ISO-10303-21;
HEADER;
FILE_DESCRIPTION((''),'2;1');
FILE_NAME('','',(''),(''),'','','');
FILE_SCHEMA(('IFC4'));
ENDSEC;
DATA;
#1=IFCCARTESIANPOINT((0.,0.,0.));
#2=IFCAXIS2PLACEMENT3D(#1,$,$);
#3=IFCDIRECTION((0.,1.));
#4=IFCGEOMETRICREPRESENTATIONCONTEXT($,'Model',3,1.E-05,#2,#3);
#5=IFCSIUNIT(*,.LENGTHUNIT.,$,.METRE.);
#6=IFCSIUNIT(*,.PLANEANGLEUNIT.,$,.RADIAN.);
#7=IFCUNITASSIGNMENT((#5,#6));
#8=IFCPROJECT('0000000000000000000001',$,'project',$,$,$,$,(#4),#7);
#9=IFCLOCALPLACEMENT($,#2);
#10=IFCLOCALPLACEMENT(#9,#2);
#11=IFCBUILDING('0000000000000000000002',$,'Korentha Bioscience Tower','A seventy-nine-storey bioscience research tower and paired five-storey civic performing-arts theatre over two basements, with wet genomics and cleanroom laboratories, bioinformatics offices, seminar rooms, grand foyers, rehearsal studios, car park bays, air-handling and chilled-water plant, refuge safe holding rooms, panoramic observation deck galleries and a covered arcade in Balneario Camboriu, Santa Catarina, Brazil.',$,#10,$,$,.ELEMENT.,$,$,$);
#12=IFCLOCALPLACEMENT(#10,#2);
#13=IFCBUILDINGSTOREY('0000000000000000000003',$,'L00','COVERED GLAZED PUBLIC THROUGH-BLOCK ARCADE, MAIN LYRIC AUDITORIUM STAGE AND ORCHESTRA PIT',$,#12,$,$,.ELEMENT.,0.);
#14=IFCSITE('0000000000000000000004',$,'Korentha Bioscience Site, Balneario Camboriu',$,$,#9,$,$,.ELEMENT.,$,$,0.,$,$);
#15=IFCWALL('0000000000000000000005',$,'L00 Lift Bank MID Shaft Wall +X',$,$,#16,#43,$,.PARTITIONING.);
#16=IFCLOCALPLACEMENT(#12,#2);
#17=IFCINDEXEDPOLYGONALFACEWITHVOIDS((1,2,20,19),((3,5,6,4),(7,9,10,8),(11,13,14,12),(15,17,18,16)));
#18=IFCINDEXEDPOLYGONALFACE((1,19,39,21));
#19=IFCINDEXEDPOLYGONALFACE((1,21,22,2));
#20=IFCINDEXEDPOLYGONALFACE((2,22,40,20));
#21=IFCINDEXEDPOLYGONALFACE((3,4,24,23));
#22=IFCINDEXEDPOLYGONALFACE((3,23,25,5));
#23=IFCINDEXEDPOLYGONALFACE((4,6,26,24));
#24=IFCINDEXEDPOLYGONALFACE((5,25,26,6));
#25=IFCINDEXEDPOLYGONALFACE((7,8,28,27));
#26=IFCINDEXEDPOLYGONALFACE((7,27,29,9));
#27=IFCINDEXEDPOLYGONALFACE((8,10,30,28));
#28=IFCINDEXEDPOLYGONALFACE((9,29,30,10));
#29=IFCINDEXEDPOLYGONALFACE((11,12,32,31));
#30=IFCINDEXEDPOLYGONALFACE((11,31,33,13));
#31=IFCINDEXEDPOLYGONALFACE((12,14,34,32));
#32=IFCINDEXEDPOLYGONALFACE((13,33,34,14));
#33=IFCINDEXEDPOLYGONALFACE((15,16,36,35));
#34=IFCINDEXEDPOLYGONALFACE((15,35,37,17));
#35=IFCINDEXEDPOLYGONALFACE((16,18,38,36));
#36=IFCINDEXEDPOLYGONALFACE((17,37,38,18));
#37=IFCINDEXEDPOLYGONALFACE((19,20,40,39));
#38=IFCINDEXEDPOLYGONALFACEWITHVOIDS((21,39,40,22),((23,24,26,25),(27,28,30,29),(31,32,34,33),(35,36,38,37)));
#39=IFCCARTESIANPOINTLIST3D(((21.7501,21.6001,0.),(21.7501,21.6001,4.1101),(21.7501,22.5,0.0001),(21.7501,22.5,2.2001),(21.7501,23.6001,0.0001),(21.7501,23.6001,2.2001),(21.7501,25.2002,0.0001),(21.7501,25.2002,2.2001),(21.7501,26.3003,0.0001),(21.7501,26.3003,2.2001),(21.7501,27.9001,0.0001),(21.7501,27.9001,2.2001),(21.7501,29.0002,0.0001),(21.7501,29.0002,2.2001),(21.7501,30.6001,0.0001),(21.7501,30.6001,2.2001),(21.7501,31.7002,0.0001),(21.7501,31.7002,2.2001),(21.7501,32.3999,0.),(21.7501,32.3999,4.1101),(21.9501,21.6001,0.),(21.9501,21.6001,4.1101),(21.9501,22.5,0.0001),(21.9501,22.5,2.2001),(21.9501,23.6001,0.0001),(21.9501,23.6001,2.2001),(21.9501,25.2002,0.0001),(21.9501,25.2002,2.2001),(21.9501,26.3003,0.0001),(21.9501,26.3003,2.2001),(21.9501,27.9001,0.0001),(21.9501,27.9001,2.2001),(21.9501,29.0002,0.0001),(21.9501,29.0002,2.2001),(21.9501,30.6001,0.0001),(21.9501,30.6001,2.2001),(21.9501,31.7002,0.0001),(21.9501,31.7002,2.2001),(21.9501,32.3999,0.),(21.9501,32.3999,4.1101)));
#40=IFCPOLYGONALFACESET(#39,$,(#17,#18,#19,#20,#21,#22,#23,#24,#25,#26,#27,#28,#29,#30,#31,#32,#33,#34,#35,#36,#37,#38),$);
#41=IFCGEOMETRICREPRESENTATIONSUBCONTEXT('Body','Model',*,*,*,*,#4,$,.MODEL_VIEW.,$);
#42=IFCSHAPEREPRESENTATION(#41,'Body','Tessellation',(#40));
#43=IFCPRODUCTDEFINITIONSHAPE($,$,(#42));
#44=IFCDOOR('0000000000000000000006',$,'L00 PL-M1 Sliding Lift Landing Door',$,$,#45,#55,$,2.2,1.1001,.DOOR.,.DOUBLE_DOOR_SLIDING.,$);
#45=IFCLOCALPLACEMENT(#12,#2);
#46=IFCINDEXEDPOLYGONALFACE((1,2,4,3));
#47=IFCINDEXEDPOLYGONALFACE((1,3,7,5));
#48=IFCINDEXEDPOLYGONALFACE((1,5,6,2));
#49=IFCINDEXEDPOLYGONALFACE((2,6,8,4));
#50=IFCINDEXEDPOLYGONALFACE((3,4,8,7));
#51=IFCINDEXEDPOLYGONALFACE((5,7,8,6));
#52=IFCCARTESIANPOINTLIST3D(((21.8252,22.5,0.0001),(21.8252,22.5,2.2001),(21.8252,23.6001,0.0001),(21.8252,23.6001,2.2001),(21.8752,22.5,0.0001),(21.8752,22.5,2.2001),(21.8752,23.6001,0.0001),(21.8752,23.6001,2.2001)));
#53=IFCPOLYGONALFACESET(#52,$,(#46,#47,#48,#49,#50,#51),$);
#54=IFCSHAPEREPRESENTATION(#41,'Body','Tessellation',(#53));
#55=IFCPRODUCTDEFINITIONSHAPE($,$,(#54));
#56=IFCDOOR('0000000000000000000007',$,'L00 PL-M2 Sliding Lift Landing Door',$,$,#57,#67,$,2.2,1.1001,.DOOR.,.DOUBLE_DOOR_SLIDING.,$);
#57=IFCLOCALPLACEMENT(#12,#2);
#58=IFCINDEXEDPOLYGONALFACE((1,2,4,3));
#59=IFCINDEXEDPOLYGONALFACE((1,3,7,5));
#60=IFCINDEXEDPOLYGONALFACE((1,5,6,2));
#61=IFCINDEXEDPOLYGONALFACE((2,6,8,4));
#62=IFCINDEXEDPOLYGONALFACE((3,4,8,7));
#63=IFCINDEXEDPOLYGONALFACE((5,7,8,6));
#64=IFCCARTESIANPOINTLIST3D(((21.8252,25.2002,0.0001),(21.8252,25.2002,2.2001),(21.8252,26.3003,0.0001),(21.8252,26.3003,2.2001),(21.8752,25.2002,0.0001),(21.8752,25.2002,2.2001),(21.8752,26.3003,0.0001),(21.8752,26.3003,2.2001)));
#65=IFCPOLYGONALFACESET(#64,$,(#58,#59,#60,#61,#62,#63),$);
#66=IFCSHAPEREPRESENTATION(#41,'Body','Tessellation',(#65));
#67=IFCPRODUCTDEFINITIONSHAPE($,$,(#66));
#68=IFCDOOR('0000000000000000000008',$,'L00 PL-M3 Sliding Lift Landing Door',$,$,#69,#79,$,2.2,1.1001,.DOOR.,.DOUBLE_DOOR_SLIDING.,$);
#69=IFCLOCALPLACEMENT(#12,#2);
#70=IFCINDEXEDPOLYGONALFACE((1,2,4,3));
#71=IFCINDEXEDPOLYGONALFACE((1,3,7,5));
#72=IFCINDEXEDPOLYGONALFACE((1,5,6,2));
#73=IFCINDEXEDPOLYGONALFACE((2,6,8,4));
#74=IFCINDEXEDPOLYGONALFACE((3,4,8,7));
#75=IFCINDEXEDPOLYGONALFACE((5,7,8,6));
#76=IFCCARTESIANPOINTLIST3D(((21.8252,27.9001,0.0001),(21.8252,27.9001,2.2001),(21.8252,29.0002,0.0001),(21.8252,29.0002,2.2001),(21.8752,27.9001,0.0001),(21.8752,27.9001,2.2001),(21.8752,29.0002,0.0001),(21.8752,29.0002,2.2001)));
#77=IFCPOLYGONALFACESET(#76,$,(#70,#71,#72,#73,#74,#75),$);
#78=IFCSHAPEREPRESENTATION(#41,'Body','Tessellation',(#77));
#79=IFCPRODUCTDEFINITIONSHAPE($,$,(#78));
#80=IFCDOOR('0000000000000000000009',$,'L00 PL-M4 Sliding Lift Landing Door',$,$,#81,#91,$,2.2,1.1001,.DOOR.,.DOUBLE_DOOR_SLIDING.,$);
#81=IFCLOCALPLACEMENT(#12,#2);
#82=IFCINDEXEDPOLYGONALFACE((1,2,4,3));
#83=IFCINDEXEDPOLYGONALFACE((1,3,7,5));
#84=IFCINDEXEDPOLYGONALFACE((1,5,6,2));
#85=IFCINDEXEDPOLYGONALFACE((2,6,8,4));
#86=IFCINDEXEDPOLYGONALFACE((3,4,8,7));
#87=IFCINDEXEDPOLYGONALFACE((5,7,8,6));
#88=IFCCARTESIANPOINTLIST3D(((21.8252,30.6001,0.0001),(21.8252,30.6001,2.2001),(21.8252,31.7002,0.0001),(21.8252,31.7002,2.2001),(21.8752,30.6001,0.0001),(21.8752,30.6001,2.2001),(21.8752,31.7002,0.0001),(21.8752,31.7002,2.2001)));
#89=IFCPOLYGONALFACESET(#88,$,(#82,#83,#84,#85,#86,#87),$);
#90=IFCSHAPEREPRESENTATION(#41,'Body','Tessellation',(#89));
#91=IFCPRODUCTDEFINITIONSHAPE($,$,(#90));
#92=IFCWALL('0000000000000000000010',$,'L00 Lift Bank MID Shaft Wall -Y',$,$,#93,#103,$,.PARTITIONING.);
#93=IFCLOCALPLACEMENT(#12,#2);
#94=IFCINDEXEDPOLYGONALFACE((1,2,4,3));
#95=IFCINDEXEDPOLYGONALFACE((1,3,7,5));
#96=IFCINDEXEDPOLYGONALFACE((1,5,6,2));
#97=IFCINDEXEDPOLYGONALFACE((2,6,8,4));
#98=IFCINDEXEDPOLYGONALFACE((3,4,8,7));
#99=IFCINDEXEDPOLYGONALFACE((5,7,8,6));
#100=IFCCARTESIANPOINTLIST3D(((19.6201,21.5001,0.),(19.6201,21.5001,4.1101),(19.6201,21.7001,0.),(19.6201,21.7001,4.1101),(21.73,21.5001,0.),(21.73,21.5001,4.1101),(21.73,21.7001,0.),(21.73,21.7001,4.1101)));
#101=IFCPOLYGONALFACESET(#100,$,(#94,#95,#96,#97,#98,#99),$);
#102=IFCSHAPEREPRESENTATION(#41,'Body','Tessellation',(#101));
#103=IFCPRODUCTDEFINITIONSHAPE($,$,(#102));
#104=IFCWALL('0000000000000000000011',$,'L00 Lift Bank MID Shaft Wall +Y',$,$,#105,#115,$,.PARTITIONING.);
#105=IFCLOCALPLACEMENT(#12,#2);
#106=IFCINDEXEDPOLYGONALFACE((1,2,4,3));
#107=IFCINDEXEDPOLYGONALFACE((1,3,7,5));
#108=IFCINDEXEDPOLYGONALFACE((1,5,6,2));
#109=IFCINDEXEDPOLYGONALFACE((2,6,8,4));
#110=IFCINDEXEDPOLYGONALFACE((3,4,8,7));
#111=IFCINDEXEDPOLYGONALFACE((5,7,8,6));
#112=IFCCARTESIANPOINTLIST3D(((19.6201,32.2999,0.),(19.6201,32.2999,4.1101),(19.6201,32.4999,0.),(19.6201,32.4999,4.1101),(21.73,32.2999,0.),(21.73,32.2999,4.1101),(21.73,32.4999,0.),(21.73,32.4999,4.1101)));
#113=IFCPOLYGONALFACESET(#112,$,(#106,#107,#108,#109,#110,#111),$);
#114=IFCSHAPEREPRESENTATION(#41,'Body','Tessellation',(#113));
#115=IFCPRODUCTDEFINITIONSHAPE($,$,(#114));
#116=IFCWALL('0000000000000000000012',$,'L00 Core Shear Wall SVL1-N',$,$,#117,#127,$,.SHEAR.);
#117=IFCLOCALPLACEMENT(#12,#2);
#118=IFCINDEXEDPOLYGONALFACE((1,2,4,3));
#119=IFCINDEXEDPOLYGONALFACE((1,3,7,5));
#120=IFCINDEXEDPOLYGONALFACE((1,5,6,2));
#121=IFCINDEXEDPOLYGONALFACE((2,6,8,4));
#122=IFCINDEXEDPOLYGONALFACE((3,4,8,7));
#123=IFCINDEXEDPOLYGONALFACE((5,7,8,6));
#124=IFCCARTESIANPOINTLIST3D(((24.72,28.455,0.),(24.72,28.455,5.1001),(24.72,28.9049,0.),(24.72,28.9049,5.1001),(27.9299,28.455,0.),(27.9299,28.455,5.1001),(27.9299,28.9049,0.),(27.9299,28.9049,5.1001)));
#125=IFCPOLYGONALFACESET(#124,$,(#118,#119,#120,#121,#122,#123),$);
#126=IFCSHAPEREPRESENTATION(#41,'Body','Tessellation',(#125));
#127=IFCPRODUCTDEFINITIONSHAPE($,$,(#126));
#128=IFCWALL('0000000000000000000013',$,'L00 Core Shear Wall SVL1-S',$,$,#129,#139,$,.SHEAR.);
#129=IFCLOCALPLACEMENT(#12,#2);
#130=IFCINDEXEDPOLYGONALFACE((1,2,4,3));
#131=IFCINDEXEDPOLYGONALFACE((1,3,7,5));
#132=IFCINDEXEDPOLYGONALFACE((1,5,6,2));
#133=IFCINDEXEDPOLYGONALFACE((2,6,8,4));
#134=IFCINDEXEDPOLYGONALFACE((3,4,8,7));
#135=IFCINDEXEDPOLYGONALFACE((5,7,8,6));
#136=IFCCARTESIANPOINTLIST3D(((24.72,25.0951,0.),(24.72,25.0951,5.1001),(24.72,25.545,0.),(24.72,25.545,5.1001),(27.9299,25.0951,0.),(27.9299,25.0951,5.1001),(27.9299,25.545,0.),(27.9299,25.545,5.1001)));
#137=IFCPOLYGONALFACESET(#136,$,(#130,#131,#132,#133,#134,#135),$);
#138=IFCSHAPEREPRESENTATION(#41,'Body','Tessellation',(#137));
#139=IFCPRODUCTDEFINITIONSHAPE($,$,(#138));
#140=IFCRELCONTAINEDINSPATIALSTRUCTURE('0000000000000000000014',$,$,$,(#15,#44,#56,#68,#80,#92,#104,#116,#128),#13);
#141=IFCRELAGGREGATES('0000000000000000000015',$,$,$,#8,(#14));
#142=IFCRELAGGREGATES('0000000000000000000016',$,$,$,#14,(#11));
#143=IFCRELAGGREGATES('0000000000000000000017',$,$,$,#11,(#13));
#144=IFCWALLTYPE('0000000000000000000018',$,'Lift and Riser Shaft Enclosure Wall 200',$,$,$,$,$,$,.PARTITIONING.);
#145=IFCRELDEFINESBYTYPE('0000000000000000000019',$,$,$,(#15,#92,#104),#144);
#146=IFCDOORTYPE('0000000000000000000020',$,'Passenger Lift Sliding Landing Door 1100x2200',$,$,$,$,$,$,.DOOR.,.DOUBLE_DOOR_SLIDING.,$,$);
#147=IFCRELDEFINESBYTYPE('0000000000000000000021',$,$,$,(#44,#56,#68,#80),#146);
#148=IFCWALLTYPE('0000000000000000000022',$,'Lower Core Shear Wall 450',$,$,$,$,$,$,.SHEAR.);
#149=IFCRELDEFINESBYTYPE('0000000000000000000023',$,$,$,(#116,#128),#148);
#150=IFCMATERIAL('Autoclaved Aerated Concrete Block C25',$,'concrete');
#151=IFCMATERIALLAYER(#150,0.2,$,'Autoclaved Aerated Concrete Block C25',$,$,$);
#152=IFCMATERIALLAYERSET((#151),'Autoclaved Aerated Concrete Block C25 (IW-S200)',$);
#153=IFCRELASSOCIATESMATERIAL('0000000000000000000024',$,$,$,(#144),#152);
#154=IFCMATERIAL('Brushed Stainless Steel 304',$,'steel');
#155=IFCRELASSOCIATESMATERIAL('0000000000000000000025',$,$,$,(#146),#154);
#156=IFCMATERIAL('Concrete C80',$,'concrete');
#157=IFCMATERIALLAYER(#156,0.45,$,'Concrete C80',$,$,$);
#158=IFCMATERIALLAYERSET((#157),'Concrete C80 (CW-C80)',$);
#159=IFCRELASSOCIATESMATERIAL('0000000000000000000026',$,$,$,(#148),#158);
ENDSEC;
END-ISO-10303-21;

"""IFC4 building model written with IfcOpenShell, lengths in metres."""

from ifc_helpers import new_model, si_unit, direction, frame, frame_2d, origin, place, context, subcontext, project, spatial, rectangle, extrude, material, layer, layer_set, type_object, element, fill, save


model = new_model("IFC4")

# Units and contexts
model_context = context("Model", 3, precision=1e-05, world=origin(), true_north=direction((0.0, 1.0)))
body_context = subcontext(model_context, "Body", "Model", "MODEL_VIEW")
ifc_project = project(units=[si_unit("LENGTHUNIT", "METRE"), si_unit("PLANEANGLEUNIT", "RADIAN")], contexts=[model_context])

# Site, building, storey
site_placement = place(None, origin())
site = spatial("IfcSite", under=ifc_project, at=site_placement, Name="Korentha Bioscience Site, Balneario Camboriu", CompositionType="ELEMENT", RefElevation=0.0)
building_placement = place(site_placement, origin())
building = spatial("IfcBuilding", under=site, at=building_placement, Name="Korentha Bioscience Tower", Description="A seventy-nine-storey bioscience research tower and paired five-storey civic performing-arts theatre over two basements, with wet genomics and cleanroom laboratories, bioinformatics offices, seminar rooms, grand foyers, rehearsal studios, car park bays, air-handling and chilled-water plant, refuge safe holding rooms, panoramic observation deck galleries and a covered arcade in Balneario Camboriu, Santa Catarina, Brazil.", CompositionType="ELEMENT")
storey_placement = place(building_placement, origin())
storey = spatial("IfcBuildingStorey", under=building, at=storey_placement, Name="L00", Description="COVERED GLAZED PUBLIC THROUGH-BLOCK ARCADE, MAIN LYRIC AUDITORIUM STAGE AND ORCHESTRA PIT", CompositionType="ELEMENT", Elevation=0.0)

# Shared definitions
ifc_material_1 = material(Name="Concrete C80", Category="concrete")

# Shared definitions
ifc_material_2 = material(Name="Autoclaved Aerated Concrete Block C25", Category="concrete")
ifc_layer_1 = layer(ifc_material_2, 0.2, Name="Autoclaved Aerated Concrete Block C25")
ifc_layer_set_1 = layer_set([ifc_layer_1], Name="Autoclaved Aerated Concrete Block C25 (IW-S200)")
wall_type_1 = type_object("IfcWallType", Name="Lift and Riser Shaft Enclosure Wall 200", PredefinedType="PARTITIONING", material=ifc_layer_set_1)

# Wall, openings, doors
wall_1_placement = place(storey_placement, frame((21.8501, 21.6001, 0.0), z_axis=(0.0, 0.0, 1.0), x_axis=(0.0, 1.0, 0.0)))
wall_1 = element("IfcWall", 1, at=wall_1_placement, inside=storey, type_object=wall_type_1, Name="L00 Lift Bank MID Shaft Wall +X", PredefinedType="PARTITIONING", context=body_context, shape_type="SweptSolid", body=[
    extrude(rectangle(XDim=10.7998, YDim=0.2, at=frame_2d((5.3999, 0.0))), origin(), (0.0, 0.0, 1.0), 4.1101),
])
opening_1_placement = place(wall_1_placement, frame((0.8999, 0.0, 0.0)))
opening_1 = element("IfcOpeningElement", 2, at=opening_1_placement, cuts=wall_1, PredefinedType="OPENING", context=body_context, shape_type="SweptSolid", body=[
    extrude(rectangle(XDim=1.1001, YDim=2.2, at=frame_2d((0.55, 1.1001))), frame((0.0, 0.1147, 0.0), z_axis=(0.0, -1.0, 0.0), x_axis=(1.0, 0.0, 0.0)), (0.0, 0.0, 1.0), 0.2297),
])
opening_2_placement = place(wall_1_placement, frame((3.6001, 0.0, 0.0)))
opening_2 = element("IfcOpeningElement", 3, at=opening_2_placement, cuts=wall_1, PredefinedType="OPENING", context=body_context, shape_type="SweptSolid", body=[
    extrude(rectangle(XDim=1.1001, YDim=2.2, at=frame_2d((0.55, 1.1001))), frame((0.0, 0.1147, 0.0), z_axis=(0.0, -1.0, 0.0), x_axis=(1.0, 0.0, 0.0)), (0.0, 0.0, 1.0), 0.2297),
])
opening_3_placement = place(wall_1_placement, frame((6.3, 0.0, 0.0)))
opening_3 = element("IfcOpeningElement", 4, at=opening_3_placement, cuts=wall_1, PredefinedType="OPENING", context=body_context, shape_type="SweptSolid", body=[
    extrude(rectangle(XDim=1.1001, YDim=2.2, at=frame_2d((0.55, 1.1001))), frame((0.0, 0.1147, 0.0), z_axis=(0.0, -1.0, 0.0), x_axis=(1.0, 0.0, 0.0)), (0.0, 0.0, 1.0), 0.2297),
])
opening_4_placement = place(wall_1_placement, frame((9.0, 0.0, 0.0)))
opening_4 = element("IfcOpeningElement", 5, at=opening_4_placement, cuts=wall_1, PredefinedType="OPENING", context=body_context, shape_type="SweptSolid", body=[
    extrude(rectangle(XDim=1.1001, YDim=2.2, at=frame_2d((0.55, 1.1001))), frame((0.0, 0.1147, 0.0), z_axis=(0.0, -1.0, 0.0), x_axis=(1.0, 0.0, 0.0)), (0.0, 0.0, 1.0), 0.2297),
])
ifc_material_3 = material(Name="Brushed Stainless Steel 304", Category="steel")
door_type_1 = type_object("IfcDoorType", Name="Passenger Lift Sliding Landing Door 1100x2200", OperationType="DOUBLE_DOOR_SLIDING", PredefinedType="DOOR", material=ifc_material_3)
door_1_placement = place(opening_1_placement, origin())
door_1 = element("IfcDoor", 6, at=door_1_placement, inside=storey, type_object=door_type_1, Name="L00 PL-M1 Sliding Lift Landing Door", OperationType="DOUBLE_DOOR_SLIDING", OverallHeight=2.2, OverallWidth=1.1001, PredefinedType="DOOR", context=body_context, shape_type="SweptSolid", body=[
    extrude(rectangle(XDim=1.1001, YDim=2.2, at=frame_2d((0.55, 1.1001))), frame((0.0, 0.0249, 0.0), z_axis=(0.0, -1.0, 0.0), x_axis=(1.0, 0.0, 0.0)), (0.0, 0.0, 1.0), 0.05),
])
fill(opening_1, door_1)
door_2_placement = place(opening_2_placement, origin())
door_2 = element("IfcDoor", 7, at=door_2_placement, inside=storey, type_object=door_type_1, Name="L00 PL-M2 Sliding Lift Landing Door", OperationType="DOUBLE_DOOR_SLIDING", OverallHeight=2.2, OverallWidth=1.1001, PredefinedType="DOOR", context=body_context, shape_type="SweptSolid", body=[
    extrude(rectangle(XDim=1.1001, YDim=2.2, at=frame_2d((0.55, 1.1001))), frame((0.0, 0.0249, 0.0), z_axis=(0.0, -1.0, 0.0), x_axis=(1.0, 0.0, 0.0)), (0.0, 0.0, 1.0), 0.05),
])
fill(opening_2, door_2)
door_3_placement = place(opening_3_placement, origin())
door_3 = element("IfcDoor", 8, at=door_3_placement, inside=storey, type_object=door_type_1, Name="L00 PL-M3 Sliding Lift Landing Door", OperationType="DOUBLE_DOOR_SLIDING", OverallHeight=2.2, OverallWidth=1.1001, PredefinedType="DOOR", context=body_context, shape_type="SweptSolid", body=[
    extrude(rectangle(XDim=1.1001, YDim=2.2, at=frame_2d((0.55, 1.1001))), frame((0.0, 0.0249, 0.0), z_axis=(0.0, -1.0, 0.0), x_axis=(1.0, 0.0, 0.0)), (0.0, 0.0, 1.0), 0.05),
])
fill(opening_3, door_3)
door_4_placement = place(opening_4_placement, origin())
door_4 = element("IfcDoor", 9, at=door_4_placement, inside=storey, type_object=door_type_1, Name="L00 PL-M4 Sliding Lift Landing Door", OperationType="DOUBLE_DOOR_SLIDING", OverallHeight=2.2, OverallWidth=1.1001, PredefinedType="DOOR", context=body_context, shape_type="SweptSolid", body=[
    extrude(rectangle(XDim=1.1001, YDim=2.2, at=frame_2d((0.55, 1.1001))), frame((0.0, 0.0249, 0.0), z_axis=(0.0, -1.0, 0.0), x_axis=(1.0, 0.0, 0.0)), (0.0, 0.0, 1.0), 0.05),
])
fill(opening_4, door_4)

# Walls
for number, where, z_axis, x_axis, name in (
    (10, (19.6201, 21.6001, 0.0), (0.0, 0.0, 1.0), (1.0, 0.0, 0.0), "L00 Lift Bank MID Shaft Wall -Y"),
    (11, (19.6201, 32.3999, 0.0), (0.0, 0.0, 1.0), (1.0, 0.0, 0.0), "L00 Lift Bank MID Shaft Wall +Y"),
):
    element("IfcWall", number, at=place(storey_placement, frame(where, z_axis=z_axis, x_axis=x_axis)), inside=storey, type_object=wall_type_1, Name=name, PredefinedType="PARTITIONING", context=body_context, shape_type="SweptSolid", body=[
        extrude(rectangle(XDim=2.1099, YDim=0.2, at=frame_2d((1.0549, 0.0))), origin(), (0.0, 0.0, 1.0), 4.1101),
    ])
ifc_layer_2 = layer(ifc_material_1, 0.45, Name="Concrete C80")
ifc_layer_set_2 = layer_set([ifc_layer_2], Name="Concrete C80 (CW-C80)")
wall_type_2 = type_object("IfcWallType", Name="Lower Core Shear Wall 450", PredefinedType="SHEAR", material=ifc_layer_set_2)
for number, where, z_axis, x_axis, name in (
    (12, (24.72, 28.6799, 0.0), (0.0, 0.0, 1.0), (1.0, 0.0, 0.0), "L00 Core Shear Wall SVL1-N"),
    (13, (24.72, 25.3201, 0.0), (0.0, 0.0, 1.0), (1.0, 0.0, 0.0), "L00 Core Shear Wall SVL1-S"),
):
    element("IfcWall", number, at=place(storey_placement, frame(where, z_axis=z_axis, x_axis=x_axis)), inside=storey, type_object=wall_type_2, Name=name, PredefinedType="SHEAR", context=body_context, shape_type="SweptSolid", body=[
        extrude(rectangle(XDim=3.21, YDim=0.45, at=frame_2d((1.605, 0.0))), origin(), (0.0, 0.0, 1.0), 5.1001),
    ])

save(model, "model.ifc")
